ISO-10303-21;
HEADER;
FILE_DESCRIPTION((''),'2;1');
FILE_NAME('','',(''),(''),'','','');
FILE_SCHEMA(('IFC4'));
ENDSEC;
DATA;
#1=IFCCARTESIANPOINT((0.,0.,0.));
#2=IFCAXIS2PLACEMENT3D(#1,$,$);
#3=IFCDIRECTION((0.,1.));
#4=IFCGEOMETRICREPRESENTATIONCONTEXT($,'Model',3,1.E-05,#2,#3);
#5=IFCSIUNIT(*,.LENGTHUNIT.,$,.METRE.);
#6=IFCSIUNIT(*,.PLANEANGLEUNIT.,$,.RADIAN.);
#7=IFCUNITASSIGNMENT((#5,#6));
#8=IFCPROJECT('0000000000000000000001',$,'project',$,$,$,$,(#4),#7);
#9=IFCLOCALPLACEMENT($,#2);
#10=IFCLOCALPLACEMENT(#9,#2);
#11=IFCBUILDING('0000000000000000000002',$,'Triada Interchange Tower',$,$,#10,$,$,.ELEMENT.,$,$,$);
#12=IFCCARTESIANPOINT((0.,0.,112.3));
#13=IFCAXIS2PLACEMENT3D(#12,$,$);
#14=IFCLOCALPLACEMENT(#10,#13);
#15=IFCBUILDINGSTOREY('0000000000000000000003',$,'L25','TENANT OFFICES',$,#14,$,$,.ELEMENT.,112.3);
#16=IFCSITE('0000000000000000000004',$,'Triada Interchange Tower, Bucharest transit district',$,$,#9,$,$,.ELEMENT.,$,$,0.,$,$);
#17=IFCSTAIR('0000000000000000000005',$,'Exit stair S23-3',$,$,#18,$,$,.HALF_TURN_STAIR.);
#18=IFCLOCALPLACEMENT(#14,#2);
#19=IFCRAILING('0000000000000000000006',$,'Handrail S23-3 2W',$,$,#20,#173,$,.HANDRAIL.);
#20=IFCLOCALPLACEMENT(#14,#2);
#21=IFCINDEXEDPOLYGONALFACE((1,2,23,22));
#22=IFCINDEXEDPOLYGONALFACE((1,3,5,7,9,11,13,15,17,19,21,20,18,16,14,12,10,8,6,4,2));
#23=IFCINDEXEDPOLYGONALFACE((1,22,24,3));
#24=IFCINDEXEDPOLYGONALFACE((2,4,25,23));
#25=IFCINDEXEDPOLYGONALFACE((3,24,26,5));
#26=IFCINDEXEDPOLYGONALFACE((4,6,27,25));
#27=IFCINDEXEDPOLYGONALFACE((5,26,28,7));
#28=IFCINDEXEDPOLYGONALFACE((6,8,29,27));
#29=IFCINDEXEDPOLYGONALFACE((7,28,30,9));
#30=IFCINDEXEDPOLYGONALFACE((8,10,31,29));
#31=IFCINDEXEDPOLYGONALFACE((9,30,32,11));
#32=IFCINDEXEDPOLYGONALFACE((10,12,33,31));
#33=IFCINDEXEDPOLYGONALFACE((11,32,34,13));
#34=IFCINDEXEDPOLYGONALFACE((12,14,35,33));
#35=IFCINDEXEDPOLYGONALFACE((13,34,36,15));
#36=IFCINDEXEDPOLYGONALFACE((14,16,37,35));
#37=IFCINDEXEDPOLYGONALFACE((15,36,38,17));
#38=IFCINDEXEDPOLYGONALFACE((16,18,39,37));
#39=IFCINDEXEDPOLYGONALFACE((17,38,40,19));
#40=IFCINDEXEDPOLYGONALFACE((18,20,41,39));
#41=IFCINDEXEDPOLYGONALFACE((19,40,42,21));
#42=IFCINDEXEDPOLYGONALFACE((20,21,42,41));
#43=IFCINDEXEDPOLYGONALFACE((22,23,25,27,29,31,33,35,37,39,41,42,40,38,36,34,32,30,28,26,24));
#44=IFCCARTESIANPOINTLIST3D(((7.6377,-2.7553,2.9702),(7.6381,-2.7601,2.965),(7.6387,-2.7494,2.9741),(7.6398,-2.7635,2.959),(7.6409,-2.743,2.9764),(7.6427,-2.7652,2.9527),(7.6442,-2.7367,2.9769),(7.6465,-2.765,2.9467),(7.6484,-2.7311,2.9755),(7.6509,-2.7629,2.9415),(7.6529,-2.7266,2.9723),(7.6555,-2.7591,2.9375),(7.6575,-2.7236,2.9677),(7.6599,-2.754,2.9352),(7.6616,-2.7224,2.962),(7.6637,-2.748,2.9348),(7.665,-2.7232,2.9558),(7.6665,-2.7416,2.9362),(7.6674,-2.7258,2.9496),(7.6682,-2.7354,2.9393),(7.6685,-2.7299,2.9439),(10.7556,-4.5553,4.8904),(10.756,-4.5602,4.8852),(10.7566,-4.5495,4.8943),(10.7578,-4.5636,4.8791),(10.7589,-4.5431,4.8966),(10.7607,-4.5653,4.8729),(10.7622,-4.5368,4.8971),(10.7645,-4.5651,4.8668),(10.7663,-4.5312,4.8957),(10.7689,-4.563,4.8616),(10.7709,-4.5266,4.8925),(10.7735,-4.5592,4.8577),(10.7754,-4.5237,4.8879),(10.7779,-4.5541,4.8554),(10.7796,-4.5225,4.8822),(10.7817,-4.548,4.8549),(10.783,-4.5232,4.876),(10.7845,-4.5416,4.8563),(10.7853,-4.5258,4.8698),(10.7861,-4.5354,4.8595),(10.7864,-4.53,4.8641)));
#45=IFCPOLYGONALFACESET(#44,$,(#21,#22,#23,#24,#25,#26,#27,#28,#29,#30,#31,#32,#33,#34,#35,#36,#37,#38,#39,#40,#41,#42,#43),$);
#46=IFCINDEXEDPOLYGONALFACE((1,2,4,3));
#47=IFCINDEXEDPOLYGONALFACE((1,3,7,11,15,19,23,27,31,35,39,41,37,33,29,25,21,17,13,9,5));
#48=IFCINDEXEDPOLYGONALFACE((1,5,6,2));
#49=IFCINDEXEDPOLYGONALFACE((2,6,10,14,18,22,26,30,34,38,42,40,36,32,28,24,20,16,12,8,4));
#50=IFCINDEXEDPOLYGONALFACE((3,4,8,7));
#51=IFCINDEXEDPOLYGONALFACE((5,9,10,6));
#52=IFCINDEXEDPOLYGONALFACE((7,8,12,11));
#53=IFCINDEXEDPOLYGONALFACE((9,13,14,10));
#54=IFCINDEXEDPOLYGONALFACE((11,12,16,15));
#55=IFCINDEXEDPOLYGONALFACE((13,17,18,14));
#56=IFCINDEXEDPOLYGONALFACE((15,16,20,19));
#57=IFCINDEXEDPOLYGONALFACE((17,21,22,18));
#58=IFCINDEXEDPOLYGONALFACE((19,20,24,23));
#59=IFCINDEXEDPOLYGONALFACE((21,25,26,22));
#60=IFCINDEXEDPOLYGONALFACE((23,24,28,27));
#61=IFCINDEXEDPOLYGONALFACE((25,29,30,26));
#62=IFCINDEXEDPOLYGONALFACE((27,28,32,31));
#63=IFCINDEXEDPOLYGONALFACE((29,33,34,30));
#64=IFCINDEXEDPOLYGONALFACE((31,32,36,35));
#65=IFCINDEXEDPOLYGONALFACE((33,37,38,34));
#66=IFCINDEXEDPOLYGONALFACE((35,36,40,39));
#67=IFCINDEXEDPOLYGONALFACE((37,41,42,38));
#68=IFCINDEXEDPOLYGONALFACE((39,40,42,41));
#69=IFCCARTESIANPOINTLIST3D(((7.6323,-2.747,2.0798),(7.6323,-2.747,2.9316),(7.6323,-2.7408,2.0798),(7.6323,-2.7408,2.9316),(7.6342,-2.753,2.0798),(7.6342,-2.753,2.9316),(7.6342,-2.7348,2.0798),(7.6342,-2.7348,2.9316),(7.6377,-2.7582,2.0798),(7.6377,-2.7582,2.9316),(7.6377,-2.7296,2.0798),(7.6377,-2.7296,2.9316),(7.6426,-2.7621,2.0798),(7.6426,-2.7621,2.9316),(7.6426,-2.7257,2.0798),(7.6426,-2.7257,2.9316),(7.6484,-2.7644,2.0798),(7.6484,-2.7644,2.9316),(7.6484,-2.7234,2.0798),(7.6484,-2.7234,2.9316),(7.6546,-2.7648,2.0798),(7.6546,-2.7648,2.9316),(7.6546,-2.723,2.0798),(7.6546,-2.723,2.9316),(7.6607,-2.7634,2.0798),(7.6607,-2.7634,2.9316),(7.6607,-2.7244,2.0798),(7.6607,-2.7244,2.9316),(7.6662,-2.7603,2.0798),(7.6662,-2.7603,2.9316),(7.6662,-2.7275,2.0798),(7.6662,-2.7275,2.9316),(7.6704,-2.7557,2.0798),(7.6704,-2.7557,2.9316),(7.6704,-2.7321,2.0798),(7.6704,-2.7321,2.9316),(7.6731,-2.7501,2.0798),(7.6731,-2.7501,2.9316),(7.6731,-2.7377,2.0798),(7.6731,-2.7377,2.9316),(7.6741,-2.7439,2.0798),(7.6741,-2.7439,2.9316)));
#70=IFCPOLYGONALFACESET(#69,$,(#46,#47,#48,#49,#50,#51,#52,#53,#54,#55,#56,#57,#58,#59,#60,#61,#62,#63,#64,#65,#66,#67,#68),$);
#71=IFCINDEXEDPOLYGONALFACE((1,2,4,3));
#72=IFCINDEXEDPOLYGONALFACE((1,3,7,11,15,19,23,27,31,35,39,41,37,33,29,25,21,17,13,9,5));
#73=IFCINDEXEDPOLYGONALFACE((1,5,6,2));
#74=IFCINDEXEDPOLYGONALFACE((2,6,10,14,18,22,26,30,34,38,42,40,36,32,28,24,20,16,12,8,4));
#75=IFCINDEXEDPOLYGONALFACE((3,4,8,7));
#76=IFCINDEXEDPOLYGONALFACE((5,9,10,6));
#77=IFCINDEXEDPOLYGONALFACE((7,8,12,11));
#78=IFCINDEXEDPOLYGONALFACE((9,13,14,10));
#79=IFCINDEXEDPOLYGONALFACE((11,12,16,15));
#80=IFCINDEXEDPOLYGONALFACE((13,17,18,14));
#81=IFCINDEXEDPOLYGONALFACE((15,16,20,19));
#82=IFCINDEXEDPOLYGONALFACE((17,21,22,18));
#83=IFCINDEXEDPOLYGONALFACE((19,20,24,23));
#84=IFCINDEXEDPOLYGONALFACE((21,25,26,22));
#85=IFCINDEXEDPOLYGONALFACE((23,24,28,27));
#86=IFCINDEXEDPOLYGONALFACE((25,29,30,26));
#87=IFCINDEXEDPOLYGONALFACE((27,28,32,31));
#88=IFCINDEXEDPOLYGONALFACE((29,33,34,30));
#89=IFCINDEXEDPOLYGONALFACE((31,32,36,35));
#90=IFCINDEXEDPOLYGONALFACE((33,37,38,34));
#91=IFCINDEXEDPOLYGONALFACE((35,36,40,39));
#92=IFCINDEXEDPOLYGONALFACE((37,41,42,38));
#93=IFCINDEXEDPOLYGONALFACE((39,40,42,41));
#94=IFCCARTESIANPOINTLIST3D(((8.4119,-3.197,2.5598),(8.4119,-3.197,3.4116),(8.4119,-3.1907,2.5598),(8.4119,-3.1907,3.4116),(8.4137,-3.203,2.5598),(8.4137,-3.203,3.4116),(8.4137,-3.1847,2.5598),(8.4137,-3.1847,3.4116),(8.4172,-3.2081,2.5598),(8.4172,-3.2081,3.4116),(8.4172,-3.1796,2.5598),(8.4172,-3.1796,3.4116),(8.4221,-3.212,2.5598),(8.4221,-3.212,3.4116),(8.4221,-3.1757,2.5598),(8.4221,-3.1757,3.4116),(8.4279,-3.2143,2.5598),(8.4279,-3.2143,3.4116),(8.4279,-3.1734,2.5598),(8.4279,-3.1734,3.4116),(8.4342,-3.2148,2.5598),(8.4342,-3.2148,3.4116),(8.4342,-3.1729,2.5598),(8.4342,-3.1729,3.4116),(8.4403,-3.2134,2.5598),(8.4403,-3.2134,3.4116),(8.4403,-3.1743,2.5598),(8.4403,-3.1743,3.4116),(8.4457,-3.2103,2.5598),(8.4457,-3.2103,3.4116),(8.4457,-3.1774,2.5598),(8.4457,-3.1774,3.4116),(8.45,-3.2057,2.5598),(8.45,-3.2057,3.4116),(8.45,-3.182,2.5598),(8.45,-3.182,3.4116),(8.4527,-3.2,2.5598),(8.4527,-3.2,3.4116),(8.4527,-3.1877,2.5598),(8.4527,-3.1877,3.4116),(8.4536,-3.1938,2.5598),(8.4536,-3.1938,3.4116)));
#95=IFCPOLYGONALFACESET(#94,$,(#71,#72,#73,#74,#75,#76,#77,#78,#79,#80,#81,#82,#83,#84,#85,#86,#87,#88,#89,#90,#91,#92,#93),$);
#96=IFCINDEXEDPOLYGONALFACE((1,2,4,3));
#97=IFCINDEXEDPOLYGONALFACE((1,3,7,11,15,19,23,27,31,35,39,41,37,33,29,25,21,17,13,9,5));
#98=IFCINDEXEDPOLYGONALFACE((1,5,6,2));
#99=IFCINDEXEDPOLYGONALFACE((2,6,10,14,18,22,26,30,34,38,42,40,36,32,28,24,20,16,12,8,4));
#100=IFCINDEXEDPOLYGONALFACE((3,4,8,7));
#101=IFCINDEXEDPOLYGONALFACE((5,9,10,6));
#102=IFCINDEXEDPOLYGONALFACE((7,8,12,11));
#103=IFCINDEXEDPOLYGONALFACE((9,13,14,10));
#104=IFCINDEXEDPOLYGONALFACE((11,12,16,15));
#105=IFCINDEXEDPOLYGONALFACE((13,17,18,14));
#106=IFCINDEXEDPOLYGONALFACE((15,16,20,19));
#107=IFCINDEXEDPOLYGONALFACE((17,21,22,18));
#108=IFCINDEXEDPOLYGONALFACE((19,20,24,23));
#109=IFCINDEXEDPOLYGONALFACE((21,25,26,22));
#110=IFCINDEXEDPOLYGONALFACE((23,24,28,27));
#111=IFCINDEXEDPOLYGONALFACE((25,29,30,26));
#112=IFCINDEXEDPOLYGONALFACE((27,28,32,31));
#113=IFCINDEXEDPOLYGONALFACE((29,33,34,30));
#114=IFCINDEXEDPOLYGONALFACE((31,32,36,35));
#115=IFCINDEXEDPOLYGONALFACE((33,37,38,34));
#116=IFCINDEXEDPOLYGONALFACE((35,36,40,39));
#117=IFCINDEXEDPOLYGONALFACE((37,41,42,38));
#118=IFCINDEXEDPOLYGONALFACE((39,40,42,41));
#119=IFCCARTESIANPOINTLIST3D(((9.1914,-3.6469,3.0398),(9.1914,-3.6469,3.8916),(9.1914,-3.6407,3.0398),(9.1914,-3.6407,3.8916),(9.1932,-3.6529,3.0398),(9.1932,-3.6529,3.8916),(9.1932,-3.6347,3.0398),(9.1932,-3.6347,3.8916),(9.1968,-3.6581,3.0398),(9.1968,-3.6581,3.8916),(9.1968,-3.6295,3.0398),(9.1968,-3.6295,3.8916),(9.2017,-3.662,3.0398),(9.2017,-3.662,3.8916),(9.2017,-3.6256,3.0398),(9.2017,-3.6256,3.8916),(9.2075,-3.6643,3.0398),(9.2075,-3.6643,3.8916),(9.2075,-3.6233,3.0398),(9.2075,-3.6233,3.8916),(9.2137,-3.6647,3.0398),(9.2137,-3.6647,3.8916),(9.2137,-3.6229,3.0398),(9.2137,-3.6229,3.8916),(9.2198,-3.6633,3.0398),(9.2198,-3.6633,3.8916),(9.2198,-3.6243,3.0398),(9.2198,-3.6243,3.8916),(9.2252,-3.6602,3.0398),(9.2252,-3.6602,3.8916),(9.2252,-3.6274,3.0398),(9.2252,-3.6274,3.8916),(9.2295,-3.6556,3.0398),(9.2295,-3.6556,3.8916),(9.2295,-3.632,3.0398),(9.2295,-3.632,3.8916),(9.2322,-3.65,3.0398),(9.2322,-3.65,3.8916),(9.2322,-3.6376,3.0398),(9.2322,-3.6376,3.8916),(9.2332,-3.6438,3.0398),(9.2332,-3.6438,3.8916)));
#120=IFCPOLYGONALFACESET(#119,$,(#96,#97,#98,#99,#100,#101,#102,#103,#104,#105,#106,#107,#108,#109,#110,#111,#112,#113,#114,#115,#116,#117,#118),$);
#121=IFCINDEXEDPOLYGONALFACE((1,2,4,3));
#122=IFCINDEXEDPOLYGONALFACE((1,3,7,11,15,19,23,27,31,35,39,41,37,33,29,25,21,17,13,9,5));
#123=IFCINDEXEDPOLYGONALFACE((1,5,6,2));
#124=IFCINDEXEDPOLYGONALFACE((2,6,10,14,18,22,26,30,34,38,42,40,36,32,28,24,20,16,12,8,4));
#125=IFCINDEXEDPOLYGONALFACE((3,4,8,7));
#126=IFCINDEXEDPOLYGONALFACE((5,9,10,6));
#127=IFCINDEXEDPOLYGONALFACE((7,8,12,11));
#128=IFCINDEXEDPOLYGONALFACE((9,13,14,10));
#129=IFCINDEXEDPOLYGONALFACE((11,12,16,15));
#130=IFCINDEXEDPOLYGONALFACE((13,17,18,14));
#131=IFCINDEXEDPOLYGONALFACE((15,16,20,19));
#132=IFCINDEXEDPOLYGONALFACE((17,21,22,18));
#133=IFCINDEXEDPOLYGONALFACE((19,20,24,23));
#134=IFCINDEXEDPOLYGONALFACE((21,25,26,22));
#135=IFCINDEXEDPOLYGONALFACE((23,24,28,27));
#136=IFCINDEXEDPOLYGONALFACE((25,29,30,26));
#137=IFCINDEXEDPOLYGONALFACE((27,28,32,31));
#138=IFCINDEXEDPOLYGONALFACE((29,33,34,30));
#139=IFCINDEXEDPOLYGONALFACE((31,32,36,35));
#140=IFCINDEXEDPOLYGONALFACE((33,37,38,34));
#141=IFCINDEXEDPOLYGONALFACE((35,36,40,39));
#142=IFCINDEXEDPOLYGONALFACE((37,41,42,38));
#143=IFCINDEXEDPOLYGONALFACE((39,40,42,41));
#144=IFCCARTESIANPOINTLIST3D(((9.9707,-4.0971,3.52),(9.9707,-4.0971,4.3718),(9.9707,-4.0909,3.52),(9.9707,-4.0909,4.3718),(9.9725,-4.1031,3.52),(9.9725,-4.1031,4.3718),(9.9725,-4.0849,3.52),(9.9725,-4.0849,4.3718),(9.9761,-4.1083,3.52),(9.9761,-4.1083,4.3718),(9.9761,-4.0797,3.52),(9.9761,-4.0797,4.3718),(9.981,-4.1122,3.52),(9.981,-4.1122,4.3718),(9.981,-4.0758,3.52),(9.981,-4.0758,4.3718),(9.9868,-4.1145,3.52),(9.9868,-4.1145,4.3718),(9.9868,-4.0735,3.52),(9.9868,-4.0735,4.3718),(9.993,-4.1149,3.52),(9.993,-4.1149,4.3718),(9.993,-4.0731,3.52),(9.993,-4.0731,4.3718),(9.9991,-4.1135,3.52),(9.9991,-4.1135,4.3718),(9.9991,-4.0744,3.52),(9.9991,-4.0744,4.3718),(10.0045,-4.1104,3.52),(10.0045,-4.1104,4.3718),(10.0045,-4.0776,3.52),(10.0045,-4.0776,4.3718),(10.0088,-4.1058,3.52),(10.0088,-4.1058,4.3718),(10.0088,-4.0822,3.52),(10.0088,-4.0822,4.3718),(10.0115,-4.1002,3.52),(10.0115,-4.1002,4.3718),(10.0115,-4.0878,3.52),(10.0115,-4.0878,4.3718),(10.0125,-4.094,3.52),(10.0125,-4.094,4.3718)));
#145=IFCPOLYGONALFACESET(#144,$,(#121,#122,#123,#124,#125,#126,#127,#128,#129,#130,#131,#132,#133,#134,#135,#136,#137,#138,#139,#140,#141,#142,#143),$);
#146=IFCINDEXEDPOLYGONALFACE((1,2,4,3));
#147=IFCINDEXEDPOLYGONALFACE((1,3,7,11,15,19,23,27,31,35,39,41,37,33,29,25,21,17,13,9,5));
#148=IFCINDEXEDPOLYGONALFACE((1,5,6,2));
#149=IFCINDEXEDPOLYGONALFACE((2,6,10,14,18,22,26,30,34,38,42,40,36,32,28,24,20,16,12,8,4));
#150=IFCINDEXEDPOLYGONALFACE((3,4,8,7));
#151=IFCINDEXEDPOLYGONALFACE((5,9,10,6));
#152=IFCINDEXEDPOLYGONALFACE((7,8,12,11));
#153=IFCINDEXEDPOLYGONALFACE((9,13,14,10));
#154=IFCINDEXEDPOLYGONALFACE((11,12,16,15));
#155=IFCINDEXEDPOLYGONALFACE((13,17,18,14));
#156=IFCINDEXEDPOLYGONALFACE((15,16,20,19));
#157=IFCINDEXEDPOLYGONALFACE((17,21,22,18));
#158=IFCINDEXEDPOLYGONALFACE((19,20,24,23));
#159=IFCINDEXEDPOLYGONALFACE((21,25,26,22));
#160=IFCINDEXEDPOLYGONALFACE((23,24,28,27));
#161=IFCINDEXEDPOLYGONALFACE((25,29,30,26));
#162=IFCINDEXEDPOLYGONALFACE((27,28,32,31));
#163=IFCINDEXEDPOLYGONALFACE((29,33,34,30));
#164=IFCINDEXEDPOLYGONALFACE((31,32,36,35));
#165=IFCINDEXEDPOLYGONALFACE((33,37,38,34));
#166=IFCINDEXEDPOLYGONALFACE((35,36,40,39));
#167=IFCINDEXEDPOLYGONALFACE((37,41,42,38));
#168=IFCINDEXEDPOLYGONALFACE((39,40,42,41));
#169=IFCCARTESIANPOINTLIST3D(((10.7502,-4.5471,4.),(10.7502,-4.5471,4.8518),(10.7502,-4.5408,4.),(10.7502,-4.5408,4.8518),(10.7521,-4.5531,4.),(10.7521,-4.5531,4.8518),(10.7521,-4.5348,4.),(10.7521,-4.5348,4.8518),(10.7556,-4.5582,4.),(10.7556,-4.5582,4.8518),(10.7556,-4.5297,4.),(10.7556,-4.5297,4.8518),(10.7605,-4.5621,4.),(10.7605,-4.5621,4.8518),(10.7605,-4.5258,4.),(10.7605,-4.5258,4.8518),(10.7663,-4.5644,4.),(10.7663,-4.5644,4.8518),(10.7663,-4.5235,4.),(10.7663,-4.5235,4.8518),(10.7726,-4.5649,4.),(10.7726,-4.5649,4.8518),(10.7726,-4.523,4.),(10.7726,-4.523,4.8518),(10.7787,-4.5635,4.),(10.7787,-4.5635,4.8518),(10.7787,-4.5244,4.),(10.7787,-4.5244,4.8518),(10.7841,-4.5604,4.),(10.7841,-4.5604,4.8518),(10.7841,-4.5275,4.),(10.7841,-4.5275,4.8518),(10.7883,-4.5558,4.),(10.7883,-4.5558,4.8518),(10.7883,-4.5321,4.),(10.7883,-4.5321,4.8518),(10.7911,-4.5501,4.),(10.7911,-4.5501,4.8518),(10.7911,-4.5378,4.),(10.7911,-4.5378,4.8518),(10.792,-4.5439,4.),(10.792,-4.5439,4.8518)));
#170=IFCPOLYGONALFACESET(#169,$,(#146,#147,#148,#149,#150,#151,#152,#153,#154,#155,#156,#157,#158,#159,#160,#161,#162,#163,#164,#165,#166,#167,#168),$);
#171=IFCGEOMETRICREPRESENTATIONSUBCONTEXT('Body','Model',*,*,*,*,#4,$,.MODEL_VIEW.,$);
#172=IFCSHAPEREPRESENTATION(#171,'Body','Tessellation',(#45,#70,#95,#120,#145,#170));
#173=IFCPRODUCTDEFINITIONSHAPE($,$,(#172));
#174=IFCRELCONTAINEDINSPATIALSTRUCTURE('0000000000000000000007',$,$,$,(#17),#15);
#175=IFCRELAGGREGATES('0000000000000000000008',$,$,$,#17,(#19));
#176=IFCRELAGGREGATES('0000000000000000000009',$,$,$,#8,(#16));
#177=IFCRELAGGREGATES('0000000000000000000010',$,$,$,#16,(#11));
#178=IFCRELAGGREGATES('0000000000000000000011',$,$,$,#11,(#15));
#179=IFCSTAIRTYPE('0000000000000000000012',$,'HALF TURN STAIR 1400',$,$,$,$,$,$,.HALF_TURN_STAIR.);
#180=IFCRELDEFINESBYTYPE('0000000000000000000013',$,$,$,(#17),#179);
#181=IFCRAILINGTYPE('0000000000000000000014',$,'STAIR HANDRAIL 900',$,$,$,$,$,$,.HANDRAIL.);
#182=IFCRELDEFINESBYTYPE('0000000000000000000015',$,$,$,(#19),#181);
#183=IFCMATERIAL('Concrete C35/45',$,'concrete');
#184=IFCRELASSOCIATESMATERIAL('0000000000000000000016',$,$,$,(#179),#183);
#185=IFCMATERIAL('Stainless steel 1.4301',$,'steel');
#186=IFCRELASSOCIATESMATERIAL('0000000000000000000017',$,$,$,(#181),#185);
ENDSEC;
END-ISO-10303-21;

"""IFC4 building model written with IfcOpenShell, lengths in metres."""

from ifc_helpers import new_model, si_unit, direction, frame, origin, origin_2d, place, context, subcontext, project, spatial, circle, extrude, material, type_object, element, aggregate, save


model = new_model("IFC4")

# Units and contexts
model_context = context("Model", 3, precision=1e-05, world=origin(), true_north=direction((0.0, 1.0)))
body_context = subcontext(model_context, "Body", "Model", "MODEL_VIEW")
ifc_project = project(units=[si_unit("LENGTHUNIT", "METRE"), si_unit("PLANEANGLEUNIT", "RADIAN")], contexts=[model_context])

# Site, building, storey
site_placement = place(None, origin())
site = spatial("IfcSite", under=ifc_project, at=site_placement, Name="Triada Interchange Tower, Bucharest transit district", CompositionType="ELEMENT", RefElevation=0.0)
building_placement = place(site_placement, origin())
building = spatial("IfcBuilding", under=site, at=building_placement, Name="Triada Interchange Tower", CompositionType="ELEMENT")
storey_placement = place(building_placement, frame((0.0, 0.0, 112.3)))
storey = spatial("IfcBuildingStorey", under=building, at=storey_placement, Name="L25", Description="TENANT OFFICES", CompositionType="ELEMENT", Elevation=112.3)

# Stair, railing
ifc_material_1 = material(Name="Concrete C35/45", Category="concrete")
stair_type = type_object("IfcStairType", Name="HALF TURN STAIR 1400", PredefinedType="HALF_TURN_STAIR", material=ifc_material_1)
stair_placement = place(storey_placement, origin())
stair = element("IfcStair", 1, at=stair_placement, inside=storey, type_object=stair_type, Name="Exit stair S23-3", PredefinedType="HALF_TURN_STAIR")
ifc_material_2 = material(Name="Stainless steel 1.4301", Category="steel")
railing_type = type_object("IfcRailingType", Name="STAIR HANDRAIL 900", PredefinedType="HANDRAIL", material=ifc_material_2)
railing_1_placement = place(storey_placement, frame((7.6531, -2.7439, 2.0798)))
railing_1 = element("IfcRailing", 2, at=railing_1_placement, type_object=railing_type, Name="Handrail S23-3 2W", PredefinedType="HANDRAIL", context=body_context, shape_type="SweptSolid", body=[
    extrude(circle(Radius=0.0239, at=origin_2d()), frame((0.0, 0.0, 0.876), z_axis=(0.764145, -0.441159, 0.470597), x_axis=(0.499983, 0.866035, 0.0)), (0.0, 0.0, 1.0), 4.0803),
    extrude(circle(Radius=0.021, at=origin_2d()), origin(), (0.0, 0.0, 1.0), 0.8518),
    extrude(circle(Radius=0.021, at=origin_2d()), frame((0.7795, -0.45, 0.48)), (0.0, 0.0, 1.0), 0.8518),
    extrude(circle(Radius=0.021, at=origin_2d()), frame((1.5591, -0.8999, 0.96)), (0.0, 0.0, 1.0), 0.8518),
    extrude(circle(Radius=0.021, at=origin_2d()), frame((2.3384, -1.3501, 1.4402)), (0.0, 0.0, 1.0), 0.8518),
    extrude(circle(Radius=0.021, at=origin_2d()), frame((3.1179, -1.8, 1.9202)), (0.0, 0.0, 1.0), 0.8518),
])
aggregate(stair, [railing_1])

save(model, "model.ifc")
